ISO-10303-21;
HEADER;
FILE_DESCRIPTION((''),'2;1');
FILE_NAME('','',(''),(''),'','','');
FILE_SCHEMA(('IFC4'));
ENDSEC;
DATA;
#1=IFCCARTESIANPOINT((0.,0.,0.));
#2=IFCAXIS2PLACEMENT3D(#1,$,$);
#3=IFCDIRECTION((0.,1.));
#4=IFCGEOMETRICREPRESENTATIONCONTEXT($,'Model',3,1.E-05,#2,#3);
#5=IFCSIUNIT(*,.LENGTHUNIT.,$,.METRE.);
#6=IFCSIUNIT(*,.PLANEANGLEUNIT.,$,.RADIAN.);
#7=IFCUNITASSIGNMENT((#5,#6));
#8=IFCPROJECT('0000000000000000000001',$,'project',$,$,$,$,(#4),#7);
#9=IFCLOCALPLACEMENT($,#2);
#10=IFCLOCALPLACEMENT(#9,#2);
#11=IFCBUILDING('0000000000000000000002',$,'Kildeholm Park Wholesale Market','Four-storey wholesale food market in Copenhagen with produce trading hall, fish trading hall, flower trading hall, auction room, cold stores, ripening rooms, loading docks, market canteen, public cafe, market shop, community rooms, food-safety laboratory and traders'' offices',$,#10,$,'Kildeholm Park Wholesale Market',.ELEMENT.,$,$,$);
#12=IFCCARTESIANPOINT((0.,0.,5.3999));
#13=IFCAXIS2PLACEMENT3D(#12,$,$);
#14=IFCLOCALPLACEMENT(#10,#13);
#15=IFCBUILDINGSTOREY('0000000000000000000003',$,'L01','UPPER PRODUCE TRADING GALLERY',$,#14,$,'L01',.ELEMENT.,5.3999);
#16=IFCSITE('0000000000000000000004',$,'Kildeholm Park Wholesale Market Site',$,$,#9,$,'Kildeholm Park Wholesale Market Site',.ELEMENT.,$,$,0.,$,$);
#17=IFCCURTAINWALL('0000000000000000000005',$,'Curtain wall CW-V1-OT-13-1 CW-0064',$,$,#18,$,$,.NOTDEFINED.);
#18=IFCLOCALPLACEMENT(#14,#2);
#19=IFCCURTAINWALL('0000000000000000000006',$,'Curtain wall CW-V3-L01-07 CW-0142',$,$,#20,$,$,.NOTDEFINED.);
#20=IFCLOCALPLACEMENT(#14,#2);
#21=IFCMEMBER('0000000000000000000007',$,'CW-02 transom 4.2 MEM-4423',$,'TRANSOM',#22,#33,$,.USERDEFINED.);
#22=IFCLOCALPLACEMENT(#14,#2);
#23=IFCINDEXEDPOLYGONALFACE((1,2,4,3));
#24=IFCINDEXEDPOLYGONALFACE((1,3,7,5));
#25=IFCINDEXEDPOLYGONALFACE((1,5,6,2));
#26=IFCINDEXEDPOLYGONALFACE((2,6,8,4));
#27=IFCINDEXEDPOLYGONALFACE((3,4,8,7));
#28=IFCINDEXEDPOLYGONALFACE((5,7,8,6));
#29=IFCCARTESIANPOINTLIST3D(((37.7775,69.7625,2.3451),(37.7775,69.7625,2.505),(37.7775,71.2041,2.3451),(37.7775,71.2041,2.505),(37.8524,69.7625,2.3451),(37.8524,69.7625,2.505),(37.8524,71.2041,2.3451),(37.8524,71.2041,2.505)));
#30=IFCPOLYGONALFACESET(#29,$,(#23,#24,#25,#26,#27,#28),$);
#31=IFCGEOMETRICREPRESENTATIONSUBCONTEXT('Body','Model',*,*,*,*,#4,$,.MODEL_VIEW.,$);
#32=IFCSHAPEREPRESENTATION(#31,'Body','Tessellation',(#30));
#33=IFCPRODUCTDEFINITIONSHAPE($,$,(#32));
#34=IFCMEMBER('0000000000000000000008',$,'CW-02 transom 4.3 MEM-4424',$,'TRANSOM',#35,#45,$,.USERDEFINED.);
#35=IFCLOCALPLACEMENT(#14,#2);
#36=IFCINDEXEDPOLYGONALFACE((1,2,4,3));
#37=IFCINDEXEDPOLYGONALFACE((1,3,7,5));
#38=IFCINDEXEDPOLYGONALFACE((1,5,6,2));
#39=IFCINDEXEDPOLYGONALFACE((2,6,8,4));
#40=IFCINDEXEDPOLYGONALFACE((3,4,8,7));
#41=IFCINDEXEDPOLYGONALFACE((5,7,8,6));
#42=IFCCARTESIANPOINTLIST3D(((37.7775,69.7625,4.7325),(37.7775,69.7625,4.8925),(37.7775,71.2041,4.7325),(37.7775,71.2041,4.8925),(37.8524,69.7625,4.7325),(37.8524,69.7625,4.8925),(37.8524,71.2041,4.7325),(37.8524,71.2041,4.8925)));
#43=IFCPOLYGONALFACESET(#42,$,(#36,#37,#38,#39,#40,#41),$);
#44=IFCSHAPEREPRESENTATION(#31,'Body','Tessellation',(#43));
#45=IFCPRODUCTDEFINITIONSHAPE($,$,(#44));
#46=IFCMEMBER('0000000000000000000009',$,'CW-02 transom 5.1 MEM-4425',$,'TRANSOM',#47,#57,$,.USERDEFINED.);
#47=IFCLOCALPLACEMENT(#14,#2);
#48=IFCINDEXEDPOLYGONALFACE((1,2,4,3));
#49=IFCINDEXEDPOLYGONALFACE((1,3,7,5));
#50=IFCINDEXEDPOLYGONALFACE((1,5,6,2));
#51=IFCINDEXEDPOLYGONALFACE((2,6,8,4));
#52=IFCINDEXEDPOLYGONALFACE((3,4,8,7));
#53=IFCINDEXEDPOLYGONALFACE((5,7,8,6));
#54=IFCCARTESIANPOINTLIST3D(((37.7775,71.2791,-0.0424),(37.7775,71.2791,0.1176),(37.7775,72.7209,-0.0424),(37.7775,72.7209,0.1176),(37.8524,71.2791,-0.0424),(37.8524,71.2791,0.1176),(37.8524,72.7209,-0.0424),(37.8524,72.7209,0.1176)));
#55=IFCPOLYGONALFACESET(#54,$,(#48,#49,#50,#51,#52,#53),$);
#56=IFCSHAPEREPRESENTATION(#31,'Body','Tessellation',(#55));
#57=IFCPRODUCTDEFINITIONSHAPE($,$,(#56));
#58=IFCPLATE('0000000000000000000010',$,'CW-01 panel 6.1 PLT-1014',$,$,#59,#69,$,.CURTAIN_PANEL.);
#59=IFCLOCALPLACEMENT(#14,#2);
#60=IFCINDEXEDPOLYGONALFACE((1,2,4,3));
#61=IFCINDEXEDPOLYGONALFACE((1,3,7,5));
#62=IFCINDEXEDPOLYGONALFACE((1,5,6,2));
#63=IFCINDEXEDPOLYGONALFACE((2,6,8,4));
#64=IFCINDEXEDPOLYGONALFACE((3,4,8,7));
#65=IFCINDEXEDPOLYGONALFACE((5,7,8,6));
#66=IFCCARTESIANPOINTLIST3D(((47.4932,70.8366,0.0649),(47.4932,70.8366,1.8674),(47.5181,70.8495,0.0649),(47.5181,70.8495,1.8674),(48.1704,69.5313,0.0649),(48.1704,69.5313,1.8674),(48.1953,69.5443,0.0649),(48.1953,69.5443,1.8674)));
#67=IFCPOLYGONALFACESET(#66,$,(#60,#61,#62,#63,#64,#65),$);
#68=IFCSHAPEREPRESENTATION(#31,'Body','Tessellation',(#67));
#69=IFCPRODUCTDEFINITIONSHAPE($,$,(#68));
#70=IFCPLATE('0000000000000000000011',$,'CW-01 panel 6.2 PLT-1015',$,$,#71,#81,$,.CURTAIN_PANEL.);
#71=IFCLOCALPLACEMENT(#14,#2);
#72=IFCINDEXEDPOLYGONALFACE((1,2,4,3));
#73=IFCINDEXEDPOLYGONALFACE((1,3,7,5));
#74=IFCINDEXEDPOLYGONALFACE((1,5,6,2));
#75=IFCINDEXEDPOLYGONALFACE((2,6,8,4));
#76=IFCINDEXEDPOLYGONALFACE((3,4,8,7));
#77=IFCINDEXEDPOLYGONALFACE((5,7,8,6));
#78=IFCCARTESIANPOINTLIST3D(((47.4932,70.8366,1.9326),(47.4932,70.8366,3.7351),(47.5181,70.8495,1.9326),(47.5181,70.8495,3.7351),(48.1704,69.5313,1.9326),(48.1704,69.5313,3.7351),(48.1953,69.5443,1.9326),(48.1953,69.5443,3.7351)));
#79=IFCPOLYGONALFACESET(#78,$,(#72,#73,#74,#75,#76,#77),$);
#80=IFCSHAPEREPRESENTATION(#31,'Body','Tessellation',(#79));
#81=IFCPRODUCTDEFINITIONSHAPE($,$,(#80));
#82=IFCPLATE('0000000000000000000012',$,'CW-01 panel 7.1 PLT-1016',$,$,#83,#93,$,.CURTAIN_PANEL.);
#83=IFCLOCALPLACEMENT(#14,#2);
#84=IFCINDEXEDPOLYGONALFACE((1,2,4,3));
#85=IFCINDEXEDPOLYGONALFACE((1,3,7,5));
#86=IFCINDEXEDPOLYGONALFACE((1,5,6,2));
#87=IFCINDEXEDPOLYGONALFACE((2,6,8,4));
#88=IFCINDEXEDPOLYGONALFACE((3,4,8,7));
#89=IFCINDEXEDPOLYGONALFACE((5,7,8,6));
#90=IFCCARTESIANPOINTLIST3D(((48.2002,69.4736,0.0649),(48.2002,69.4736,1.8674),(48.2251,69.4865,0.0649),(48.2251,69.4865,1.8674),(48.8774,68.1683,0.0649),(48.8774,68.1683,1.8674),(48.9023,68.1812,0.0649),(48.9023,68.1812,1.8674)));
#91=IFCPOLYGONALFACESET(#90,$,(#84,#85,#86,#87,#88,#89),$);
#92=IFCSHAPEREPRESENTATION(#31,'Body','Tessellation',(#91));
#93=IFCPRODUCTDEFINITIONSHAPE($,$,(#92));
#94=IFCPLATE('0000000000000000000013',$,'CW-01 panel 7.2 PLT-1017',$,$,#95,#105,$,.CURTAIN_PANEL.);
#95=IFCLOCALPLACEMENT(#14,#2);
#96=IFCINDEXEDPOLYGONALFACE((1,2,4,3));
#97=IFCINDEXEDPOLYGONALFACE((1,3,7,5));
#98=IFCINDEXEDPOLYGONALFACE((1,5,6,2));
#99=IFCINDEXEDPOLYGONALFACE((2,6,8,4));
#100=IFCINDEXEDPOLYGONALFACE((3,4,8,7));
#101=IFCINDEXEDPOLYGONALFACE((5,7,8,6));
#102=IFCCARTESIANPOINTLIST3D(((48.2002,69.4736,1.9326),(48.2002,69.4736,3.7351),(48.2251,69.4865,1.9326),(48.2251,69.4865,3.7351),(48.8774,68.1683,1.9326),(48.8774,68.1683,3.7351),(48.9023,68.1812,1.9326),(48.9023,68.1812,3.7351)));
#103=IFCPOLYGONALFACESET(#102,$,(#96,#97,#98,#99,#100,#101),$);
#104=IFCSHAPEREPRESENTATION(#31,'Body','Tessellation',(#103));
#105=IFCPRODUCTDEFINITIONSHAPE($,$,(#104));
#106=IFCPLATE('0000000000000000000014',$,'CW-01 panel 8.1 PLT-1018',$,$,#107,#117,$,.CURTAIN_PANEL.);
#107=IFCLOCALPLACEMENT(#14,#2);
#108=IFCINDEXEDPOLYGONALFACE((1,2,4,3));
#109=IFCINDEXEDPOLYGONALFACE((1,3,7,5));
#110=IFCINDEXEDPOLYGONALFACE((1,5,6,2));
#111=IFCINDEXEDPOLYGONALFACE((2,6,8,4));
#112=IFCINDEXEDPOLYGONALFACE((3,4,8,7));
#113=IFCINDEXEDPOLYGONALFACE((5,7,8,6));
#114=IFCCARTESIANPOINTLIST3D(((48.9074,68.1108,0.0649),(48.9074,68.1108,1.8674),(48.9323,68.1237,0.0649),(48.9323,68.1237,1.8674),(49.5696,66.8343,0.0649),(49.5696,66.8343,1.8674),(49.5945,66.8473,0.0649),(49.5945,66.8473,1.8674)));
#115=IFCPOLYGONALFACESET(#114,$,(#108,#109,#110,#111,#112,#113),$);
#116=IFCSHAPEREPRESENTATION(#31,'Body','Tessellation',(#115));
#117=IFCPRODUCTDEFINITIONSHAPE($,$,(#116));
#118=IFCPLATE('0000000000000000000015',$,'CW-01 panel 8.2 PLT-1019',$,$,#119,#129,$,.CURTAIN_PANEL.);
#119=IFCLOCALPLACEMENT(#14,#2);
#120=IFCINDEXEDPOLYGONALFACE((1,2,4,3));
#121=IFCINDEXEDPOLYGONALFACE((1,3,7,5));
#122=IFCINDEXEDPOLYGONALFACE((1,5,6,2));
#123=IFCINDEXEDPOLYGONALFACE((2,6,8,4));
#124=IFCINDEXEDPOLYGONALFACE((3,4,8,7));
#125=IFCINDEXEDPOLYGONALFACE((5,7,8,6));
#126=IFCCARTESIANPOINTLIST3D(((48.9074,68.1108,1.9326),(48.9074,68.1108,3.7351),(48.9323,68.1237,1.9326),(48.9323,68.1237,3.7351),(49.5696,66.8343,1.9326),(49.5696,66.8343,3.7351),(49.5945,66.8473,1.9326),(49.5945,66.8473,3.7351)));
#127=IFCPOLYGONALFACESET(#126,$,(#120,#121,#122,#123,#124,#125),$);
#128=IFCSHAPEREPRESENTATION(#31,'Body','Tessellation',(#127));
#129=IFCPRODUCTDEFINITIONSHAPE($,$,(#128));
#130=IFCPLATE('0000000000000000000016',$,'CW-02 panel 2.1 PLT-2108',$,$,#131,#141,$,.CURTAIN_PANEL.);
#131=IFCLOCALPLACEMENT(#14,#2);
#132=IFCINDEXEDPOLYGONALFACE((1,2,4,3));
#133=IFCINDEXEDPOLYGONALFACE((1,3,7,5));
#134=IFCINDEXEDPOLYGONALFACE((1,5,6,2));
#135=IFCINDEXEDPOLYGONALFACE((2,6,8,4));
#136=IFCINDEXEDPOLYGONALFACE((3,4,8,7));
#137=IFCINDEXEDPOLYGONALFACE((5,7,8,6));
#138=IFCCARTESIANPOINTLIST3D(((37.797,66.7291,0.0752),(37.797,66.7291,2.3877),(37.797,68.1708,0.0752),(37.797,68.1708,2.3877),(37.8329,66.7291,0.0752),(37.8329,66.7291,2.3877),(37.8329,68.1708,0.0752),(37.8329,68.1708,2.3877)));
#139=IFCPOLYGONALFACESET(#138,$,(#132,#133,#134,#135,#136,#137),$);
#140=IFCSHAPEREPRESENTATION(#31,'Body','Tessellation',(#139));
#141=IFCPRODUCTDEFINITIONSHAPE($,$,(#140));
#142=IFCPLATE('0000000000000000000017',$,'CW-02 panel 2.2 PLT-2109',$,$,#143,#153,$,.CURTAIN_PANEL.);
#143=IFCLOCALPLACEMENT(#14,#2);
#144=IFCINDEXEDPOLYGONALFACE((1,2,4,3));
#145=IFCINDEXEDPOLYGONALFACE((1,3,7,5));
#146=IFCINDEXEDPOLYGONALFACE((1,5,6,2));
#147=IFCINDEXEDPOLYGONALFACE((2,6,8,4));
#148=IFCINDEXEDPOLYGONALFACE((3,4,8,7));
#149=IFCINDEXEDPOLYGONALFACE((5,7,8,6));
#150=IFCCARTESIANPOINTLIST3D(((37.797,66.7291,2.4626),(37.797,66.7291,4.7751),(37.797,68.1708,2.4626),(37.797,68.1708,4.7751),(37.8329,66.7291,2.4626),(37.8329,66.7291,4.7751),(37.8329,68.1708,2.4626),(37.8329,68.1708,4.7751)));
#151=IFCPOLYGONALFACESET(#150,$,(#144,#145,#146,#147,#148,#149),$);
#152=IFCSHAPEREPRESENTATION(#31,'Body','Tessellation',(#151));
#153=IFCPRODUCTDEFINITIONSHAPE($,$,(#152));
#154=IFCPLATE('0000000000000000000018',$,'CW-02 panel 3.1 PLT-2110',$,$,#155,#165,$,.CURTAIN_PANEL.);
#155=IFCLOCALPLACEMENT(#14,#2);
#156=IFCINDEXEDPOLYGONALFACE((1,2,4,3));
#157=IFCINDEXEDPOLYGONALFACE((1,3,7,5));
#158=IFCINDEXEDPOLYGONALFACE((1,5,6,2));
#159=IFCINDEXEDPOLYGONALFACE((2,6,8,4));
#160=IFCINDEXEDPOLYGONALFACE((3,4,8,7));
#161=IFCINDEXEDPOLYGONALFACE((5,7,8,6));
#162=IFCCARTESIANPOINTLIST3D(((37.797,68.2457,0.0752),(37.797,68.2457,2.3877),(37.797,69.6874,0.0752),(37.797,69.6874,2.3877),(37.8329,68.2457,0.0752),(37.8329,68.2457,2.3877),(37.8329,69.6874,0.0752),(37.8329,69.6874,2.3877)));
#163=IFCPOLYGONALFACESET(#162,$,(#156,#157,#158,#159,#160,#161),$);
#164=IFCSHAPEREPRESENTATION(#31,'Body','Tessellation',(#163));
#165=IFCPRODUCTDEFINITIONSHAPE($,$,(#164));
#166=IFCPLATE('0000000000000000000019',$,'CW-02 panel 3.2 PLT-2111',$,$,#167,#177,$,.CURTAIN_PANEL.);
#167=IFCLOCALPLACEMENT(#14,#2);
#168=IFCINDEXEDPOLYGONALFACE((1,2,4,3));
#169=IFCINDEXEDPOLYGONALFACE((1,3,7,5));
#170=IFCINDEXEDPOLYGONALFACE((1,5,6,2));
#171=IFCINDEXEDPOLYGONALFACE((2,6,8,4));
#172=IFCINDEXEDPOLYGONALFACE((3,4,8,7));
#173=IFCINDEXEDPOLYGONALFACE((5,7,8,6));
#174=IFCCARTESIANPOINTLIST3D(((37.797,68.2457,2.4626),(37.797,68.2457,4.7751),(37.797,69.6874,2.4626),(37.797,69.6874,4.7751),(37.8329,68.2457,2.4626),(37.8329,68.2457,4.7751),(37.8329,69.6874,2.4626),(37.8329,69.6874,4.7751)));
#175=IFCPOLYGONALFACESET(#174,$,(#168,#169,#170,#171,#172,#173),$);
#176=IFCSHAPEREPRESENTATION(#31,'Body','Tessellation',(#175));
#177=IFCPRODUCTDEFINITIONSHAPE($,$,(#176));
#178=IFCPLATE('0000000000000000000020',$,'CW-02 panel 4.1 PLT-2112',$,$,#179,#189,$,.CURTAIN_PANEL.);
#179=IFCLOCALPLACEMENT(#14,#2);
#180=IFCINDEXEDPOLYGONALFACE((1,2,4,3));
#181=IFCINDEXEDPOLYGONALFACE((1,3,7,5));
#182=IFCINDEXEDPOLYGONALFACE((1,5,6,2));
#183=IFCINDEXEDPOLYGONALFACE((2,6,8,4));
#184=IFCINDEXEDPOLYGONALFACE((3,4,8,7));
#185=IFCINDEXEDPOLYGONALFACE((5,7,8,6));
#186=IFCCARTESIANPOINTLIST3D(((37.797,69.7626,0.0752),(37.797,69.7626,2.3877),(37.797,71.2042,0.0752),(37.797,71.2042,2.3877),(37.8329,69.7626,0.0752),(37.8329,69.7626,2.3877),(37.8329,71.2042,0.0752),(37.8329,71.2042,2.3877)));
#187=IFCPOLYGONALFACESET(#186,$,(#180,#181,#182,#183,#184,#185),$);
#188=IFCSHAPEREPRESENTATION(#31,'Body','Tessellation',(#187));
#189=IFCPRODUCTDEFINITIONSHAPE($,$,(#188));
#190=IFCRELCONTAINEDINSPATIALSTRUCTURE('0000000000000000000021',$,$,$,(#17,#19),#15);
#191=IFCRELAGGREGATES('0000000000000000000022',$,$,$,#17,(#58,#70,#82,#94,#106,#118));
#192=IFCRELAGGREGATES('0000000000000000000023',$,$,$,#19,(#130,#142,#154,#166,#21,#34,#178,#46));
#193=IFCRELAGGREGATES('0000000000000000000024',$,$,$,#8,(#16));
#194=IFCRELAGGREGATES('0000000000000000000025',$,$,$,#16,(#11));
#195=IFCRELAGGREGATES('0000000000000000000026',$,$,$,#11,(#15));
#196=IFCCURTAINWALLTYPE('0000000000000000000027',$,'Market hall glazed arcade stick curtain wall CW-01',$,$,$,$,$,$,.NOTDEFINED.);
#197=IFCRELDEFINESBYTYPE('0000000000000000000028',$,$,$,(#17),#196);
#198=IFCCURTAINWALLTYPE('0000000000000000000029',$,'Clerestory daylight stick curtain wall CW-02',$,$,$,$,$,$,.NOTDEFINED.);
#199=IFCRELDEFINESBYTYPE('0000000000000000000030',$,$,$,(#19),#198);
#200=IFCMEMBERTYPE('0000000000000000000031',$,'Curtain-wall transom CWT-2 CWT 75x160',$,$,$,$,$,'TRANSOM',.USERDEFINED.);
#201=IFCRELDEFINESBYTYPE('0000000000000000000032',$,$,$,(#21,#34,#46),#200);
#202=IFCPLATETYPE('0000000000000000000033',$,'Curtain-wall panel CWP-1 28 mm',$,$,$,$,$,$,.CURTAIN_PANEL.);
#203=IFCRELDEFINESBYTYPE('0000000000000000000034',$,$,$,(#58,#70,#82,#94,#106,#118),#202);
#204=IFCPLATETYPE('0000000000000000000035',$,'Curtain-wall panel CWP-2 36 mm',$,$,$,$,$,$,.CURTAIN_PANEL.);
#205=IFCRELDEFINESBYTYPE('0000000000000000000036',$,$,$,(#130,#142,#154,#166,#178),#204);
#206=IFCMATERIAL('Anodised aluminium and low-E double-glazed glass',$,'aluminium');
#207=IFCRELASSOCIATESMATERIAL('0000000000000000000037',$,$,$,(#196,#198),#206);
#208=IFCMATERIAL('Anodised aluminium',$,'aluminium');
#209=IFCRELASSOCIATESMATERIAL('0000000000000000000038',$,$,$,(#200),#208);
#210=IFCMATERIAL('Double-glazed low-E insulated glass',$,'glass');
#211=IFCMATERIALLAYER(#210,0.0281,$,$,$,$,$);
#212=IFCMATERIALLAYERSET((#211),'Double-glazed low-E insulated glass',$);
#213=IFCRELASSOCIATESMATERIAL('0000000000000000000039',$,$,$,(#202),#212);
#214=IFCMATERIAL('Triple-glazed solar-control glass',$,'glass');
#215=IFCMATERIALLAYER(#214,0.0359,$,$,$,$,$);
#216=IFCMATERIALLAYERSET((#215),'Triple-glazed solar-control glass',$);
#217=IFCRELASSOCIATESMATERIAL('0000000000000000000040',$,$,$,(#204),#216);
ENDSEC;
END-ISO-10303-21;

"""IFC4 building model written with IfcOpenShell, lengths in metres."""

from ifc_helpers import new_model, si_unit, direction, frame, origin, origin_2d, place, context, subcontext, project, spatial, rectangle, extrude, material, layer, layer_set, material_profile, profile_set, type_object, element, aggregate, save


model = new_model("IFC4")

# Units and contexts
model_context = context("Model", 3, precision=1e-05, world=origin(), true_north=direction((0.0, 1.0)))
body_context = subcontext(model_context, "Body", "Model", "MODEL_VIEW")
ifc_project = project(units=[si_unit("LENGTHUNIT", "METRE"), si_unit("PLANEANGLEUNIT", "RADIAN")], contexts=[model_context])

# Site, building, storey
site_placement = place(None, origin())
site = spatial("IfcSite", under=ifc_project, at=site_placement, Name="Kildeholm Park Wholesale Market Site", LongName="Kildeholm Park Wholesale Market Site", CompositionType="ELEMENT", RefElevation=0.0)
building_placement = place(site_placement, origin())
building = spatial("IfcBuilding", under=site, at=building_placement, Name="Kildeholm Park Wholesale Market", Description="Four-storey wholesale food market in Copenhagen with produce trading hall, fish trading hall, flower trading hall, auction room, cold stores, ripening rooms, loading docks, market canteen, public cafe, market shop, community rooms, food-safety laboratory and traders' offices", LongName="Kildeholm Park Wholesale Market", CompositionType="ELEMENT")
storey_placement = place(building_placement, frame((0.0, 0.0, 5.3999)))
storey = spatial("IfcBuildingStorey", under=building, at=storey_placement, Name="L01", Description="UPPER PRODUCE TRADING GALLERY", LongName="L01", CompositionType="ELEMENT", Elevation=5.3999)

# Curtain walls
ifc_material_1 = material(Name="Anodised aluminium and low-E double-glazed glass", Category="aluminium")
curtain_wall_type_1 = type_object("IfcCurtainWallType", Name="Market hall glazed arcade stick curtain wall CW-01", PredefinedType="NOTDEFINED", material=ifc_material_1)
curtain_wall_1_placement = place(storey_placement, origin())
curtain_wall_1 = element("IfcCurtainWall", 1, at=curtain_wall_1_placement, inside=storey, type_object=curtain_wall_type_1, Name="Curtain wall CW-V1-OT-13-1 CW-0064", PredefinedType="NOTDEFINED")
ifc_material_2 = material(Name="Anodised aluminium", Category="aluminium")
curtain_wall_type_2 = type_object("IfcCurtainWallType", Name="Clerestory daylight stick curtain wall CW-02", PredefinedType="NOTDEFINED", material=ifc_material_1)
curtain_wall_2_placement = place(storey_placement, origin())
curtain_wall_2 = element("IfcCurtainWall", 2, at=curtain_wall_2_placement, inside=storey, type_object=curtain_wall_type_2, Name="Curtain wall CW-V3-L01-07 CW-0142", PredefinedType="NOTDEFINED")

# Members
ifc_material_profile_1 = material_profile(ifc_material_2, rectangle(XDim=0.075, YDim=0.1599, at=origin_2d()), Name="CWT 75x160")
ifc_profile_set_1 = profile_set([ifc_material_profile_1], Name="Anodised aluminium")
member_type_1 = type_object("IfcMemberType", Name="Curtain-wall transom CWT-2 CWT 75x160", ElementType="TRANSOM", PredefinedType="USERDEFINED", material=ifc_profile_set_1)
member_1_placement = place(storey_placement, frame((37.8149, 69.7625, 2.425), z_axis=(0.0, 1.0, 0.0), x_axis=(-1.0, 0.0, 0.0)))
member_1 = element("IfcMember", 3, at=member_1_placement, type_object=member_type_1, Name="CW-02 transom 4.2 MEM-4423", ObjectType="TRANSOM", PredefinedType="USERDEFINED", context=body_context, shape_type="SweptSolid", body=[
    extrude(rectangle(XDim=0.075, YDim=0.1599, at=origin_2d()), origin(), (0.0, 0.0, 1.0), 1.4417),
])
member_2_placement = place(storey_placement, frame((37.8149, 69.7625, 4.8125), z_axis=(0.0, 1.0, 0.0), x_axis=(-1.0, 0.0, 0.0)))
member_2 = element("IfcMember", 4, at=member_2_placement, type_object=member_type_1, Name="CW-02 transom 4.3 MEM-4424", ObjectType="TRANSOM", PredefinedType="USERDEFINED", context=body_context, shape_type="SweptSolid", body=[
    extrude(rectangle(XDim=0.075, YDim=0.1599, at=origin_2d()), origin(), (0.0, 0.0, 1.0), 1.4417),
])
member_3_placement = place(storey_placement, frame((37.8149, 71.2791, 0.0376), z_axis=(0.0, 1.0, 0.0), x_axis=(-1.0, 0.0, 0.0)))
member_3 = element("IfcMember", 5, at=member_3_placement, type_object=member_type_1, Name="CW-02 transom 5.1 MEM-4425", ObjectType="TRANSOM", PredefinedType="USERDEFINED", context=body_context, shape_type="SweptSolid", body=[
    extrude(rectangle(XDim=0.075, YDim=0.1599, at=origin_2d()), origin(), (0.0, 0.0, 1.0), 1.4419),
])

# Plates
ifc_material_3 = material(Name="Double-glazed low-E insulated glass", Category="glass")
ifc_layer_1 = layer(ifc_material_3, 0.0281)
ifc_layer_set_1 = layer_set([ifc_layer_1], Name="Double-glazed low-E insulated glass")
plate_type_1 = type_object("IfcPlateType", Name="Curtain-wall panel CWP-1 28 mm", PredefinedType="CURTAIN_PANEL", material=ifc_layer_set_1)
plate_1_placement = place(storey_placement, frame((47.8442, 70.1904, 0.0649), z_axis=(0.0, 0.0, 1.0), x_axis=(0.460514, -0.887652, 0.0)))
plate_1 = element("IfcPlate", 6, at=plate_1_placement, type_object=plate_type_1, Name="CW-01 panel 6.1 PLT-1014", PredefinedType="CURTAIN_PANEL", context=body_context, shape_type="SweptSolid", body=[
    extrude(rectangle(XDim=1.4705, YDim=0.0281, at=origin_2d()), origin(), (0.0, 0.0, 1.0), 1.8025),
])
plate_2_placement = place(storey_placement, frame((47.8442, 70.1904, 1.9326), z_axis=(0.0, 0.0, 1.0), x_axis=(0.460514, -0.887652, 0.0)))
plate_2 = element("IfcPlate", 7, at=plate_2_placement, type_object=plate_type_1, Name="CW-01 panel 6.2 PLT-1015", PredefinedType="CURTAIN_PANEL", context=body_context, shape_type="SweptSolid", body=[
    extrude(rectangle(XDim=1.4705, YDim=0.0281, at=origin_2d()), origin(), (0.0, 0.0, 1.0), 1.8025),
])
plate_3_placement = place(storey_placement, frame((48.5513, 68.8274, 0.0649), z_axis=(0.0, 0.0, 1.0), x_axis=(0.460514, -0.887652, 0.0)))
plate_3 = element("IfcPlate", 8, at=plate_3_placement, type_object=plate_type_1, Name="CW-01 panel 7.1 PLT-1016", PredefinedType="CURTAIN_PANEL", context=body_context, shape_type="SweptSolid", body=[
    extrude(rectangle(XDim=1.4705, YDim=0.0281, at=origin_2d()), origin(), (0.0, 0.0, 1.0), 1.8025),
])
plate_4_placement = place(storey_placement, frame((48.5513, 68.8274, 1.9326), z_axis=(0.0, 0.0, 1.0), x_axis=(0.460514, -0.887652, 0.0)))
plate_4 = element("IfcPlate", 9, at=plate_4_placement, type_object=plate_type_1, Name="CW-01 panel 7.2 PLT-1017", PredefinedType="CURTAIN_PANEL", context=body_context, shape_type="SweptSolid", body=[
    extrude(rectangle(XDim=1.4705, YDim=0.0281, at=origin_2d()), origin(), (0.0, 0.0, 1.0), 1.8025),
])
plate_5_placement = place(storey_placement, frame((49.251, 67.479, 0.0649), z_axis=(0.0, 0.0, 1.0), x_axis=(0.460514, -0.887652, 0.0)))
plate_5 = element("IfcPlate", 10, at=plate_5_placement, type_object=plate_type_1, Name="CW-01 panel 8.1 PLT-1018", PredefinedType="CURTAIN_PANEL", context=body_context, shape_type="SweptSolid", body=[
    extrude(rectangle(XDim=1.438, YDim=0.0281, at=origin_2d()), origin(), (0.0, 0.0, 1.0), 1.8025),
])
plate_6_placement = place(storey_placement, frame((49.251, 67.479, 1.9326), z_axis=(0.0, 0.0, 1.0), x_axis=(0.460514, -0.887652, 0.0)))
plate_6 = element("IfcPlate", 11, at=plate_6_placement, type_object=plate_type_1, Name="CW-01 panel 8.2 PLT-1019", PredefinedType="CURTAIN_PANEL", context=body_context, shape_type="SweptSolid", body=[
    extrude(rectangle(XDim=1.438, YDim=0.0281, at=origin_2d()), origin(), (0.0, 0.0, 1.0), 1.8025),
])
aggregate(curtain_wall_1, [plate_1, plate_2, plate_3, plate_4, plate_5, plate_6])
ifc_material_4 = material(Name="Triple-glazed solar-control glass", Category="glass")
ifc_layer_2 = layer(ifc_material_4, 0.0359)
ifc_layer_set_2 = layer_set([ifc_layer_2], Name="Triple-glazed solar-control glass")
plate_type_2 = type_object("IfcPlateType", Name="Curtain-wall panel CWP-2 36 mm", PredefinedType="CURTAIN_PANEL", material=ifc_layer_set_2)
plate_7_placement = place(storey_placement, frame((37.8149, 67.45, 0.0752), z_axis=(0.0, 0.0, 1.0), x_axis=(0.0, 1.0, 0.0)))
plate_7 = element("IfcPlate", 12, at=plate_7_placement, type_object=plate_type_2, Name="CW-02 panel 2.1 PLT-2108", PredefinedType="CURTAIN_PANEL", context=body_context, shape_type="SweptSolid", body=[
    extrude(rectangle(XDim=1.4417, YDim=0.0359, at=origin_2d()), origin(), (0.0, 0.0, 1.0), 2.3125),
])
plate_8_placement = place(storey_placement, frame((37.8149, 67.45, 2.4626), z_axis=(0.0, 0.0, 1.0), x_axis=(0.0, 1.0, 0.0)))
plate_8 = element("IfcPlate", 13, at=plate_8_placement, type_object=plate_type_2, Name="CW-02 panel 2.2 PLT-2109", PredefinedType="CURTAIN_PANEL", context=body_context, shape_type="SweptSolid", body=[
    extrude(rectangle(XDim=1.4417, YDim=0.0359, at=origin_2d()), origin(), (0.0, 0.0, 1.0), 2.3125),
])
plate_9_placement = place(storey_placement, frame((37.8149, 68.9666, 0.0752), z_axis=(0.0, 0.0, 1.0), x_axis=(0.0, 1.0, 0.0)))
plate_9 = element("IfcPlate", 14, at=plate_9_placement, type_object=plate_type_2, Name="CW-02 panel 3.1 PLT-2110", PredefinedType="CURTAIN_PANEL", context=body_context, shape_type="SweptSolid", body=[
    extrude(rectangle(XDim=1.4417, YDim=0.0359, at=origin_2d()), origin(), (0.0, 0.0, 1.0), 2.3125),
])
plate_10_placement = place(storey_placement, frame((37.8149, 68.9666, 2.4626), z_axis=(0.0, 0.0, 1.0), x_axis=(0.0, 1.0, 0.0)))
plate_10 = element("IfcPlate", 15, at=plate_10_placement, type_object=plate_type_2, Name="CW-02 panel 3.2 PLT-2111", PredefinedType="CURTAIN_PANEL", context=body_context, shape_type="SweptSolid", body=[
    extrude(rectangle(XDim=1.4417, YDim=0.0359, at=origin_2d()), origin(), (0.0, 0.0, 1.0), 2.3125),
])
plate_11_placement = place(storey_placement, frame((37.8149, 70.4834, 0.0752), z_axis=(0.0, 0.0, 1.0), x_axis=(0.0, 1.0, 0.0)))
plate_11 = element("IfcPlate", 16, at=plate_11_placement, type_object=plate_type_2, Name="CW-02 panel 4.1 PLT-2112", PredefinedType="CURTAIN_PANEL", context=body_context, shape_type="SweptSolid", body=[
    extrude(rectangle(XDim=1.4417, YDim=0.0359, at=origin_2d()), origin(), (0.0, 0.0, 1.0), 2.3125),
])
aggregate(curtain_wall_2, [plate_7, plate_8, plate_9, plate_10, member_1, member_2, plate_11, member_3])

save(model, "model.ifc")
